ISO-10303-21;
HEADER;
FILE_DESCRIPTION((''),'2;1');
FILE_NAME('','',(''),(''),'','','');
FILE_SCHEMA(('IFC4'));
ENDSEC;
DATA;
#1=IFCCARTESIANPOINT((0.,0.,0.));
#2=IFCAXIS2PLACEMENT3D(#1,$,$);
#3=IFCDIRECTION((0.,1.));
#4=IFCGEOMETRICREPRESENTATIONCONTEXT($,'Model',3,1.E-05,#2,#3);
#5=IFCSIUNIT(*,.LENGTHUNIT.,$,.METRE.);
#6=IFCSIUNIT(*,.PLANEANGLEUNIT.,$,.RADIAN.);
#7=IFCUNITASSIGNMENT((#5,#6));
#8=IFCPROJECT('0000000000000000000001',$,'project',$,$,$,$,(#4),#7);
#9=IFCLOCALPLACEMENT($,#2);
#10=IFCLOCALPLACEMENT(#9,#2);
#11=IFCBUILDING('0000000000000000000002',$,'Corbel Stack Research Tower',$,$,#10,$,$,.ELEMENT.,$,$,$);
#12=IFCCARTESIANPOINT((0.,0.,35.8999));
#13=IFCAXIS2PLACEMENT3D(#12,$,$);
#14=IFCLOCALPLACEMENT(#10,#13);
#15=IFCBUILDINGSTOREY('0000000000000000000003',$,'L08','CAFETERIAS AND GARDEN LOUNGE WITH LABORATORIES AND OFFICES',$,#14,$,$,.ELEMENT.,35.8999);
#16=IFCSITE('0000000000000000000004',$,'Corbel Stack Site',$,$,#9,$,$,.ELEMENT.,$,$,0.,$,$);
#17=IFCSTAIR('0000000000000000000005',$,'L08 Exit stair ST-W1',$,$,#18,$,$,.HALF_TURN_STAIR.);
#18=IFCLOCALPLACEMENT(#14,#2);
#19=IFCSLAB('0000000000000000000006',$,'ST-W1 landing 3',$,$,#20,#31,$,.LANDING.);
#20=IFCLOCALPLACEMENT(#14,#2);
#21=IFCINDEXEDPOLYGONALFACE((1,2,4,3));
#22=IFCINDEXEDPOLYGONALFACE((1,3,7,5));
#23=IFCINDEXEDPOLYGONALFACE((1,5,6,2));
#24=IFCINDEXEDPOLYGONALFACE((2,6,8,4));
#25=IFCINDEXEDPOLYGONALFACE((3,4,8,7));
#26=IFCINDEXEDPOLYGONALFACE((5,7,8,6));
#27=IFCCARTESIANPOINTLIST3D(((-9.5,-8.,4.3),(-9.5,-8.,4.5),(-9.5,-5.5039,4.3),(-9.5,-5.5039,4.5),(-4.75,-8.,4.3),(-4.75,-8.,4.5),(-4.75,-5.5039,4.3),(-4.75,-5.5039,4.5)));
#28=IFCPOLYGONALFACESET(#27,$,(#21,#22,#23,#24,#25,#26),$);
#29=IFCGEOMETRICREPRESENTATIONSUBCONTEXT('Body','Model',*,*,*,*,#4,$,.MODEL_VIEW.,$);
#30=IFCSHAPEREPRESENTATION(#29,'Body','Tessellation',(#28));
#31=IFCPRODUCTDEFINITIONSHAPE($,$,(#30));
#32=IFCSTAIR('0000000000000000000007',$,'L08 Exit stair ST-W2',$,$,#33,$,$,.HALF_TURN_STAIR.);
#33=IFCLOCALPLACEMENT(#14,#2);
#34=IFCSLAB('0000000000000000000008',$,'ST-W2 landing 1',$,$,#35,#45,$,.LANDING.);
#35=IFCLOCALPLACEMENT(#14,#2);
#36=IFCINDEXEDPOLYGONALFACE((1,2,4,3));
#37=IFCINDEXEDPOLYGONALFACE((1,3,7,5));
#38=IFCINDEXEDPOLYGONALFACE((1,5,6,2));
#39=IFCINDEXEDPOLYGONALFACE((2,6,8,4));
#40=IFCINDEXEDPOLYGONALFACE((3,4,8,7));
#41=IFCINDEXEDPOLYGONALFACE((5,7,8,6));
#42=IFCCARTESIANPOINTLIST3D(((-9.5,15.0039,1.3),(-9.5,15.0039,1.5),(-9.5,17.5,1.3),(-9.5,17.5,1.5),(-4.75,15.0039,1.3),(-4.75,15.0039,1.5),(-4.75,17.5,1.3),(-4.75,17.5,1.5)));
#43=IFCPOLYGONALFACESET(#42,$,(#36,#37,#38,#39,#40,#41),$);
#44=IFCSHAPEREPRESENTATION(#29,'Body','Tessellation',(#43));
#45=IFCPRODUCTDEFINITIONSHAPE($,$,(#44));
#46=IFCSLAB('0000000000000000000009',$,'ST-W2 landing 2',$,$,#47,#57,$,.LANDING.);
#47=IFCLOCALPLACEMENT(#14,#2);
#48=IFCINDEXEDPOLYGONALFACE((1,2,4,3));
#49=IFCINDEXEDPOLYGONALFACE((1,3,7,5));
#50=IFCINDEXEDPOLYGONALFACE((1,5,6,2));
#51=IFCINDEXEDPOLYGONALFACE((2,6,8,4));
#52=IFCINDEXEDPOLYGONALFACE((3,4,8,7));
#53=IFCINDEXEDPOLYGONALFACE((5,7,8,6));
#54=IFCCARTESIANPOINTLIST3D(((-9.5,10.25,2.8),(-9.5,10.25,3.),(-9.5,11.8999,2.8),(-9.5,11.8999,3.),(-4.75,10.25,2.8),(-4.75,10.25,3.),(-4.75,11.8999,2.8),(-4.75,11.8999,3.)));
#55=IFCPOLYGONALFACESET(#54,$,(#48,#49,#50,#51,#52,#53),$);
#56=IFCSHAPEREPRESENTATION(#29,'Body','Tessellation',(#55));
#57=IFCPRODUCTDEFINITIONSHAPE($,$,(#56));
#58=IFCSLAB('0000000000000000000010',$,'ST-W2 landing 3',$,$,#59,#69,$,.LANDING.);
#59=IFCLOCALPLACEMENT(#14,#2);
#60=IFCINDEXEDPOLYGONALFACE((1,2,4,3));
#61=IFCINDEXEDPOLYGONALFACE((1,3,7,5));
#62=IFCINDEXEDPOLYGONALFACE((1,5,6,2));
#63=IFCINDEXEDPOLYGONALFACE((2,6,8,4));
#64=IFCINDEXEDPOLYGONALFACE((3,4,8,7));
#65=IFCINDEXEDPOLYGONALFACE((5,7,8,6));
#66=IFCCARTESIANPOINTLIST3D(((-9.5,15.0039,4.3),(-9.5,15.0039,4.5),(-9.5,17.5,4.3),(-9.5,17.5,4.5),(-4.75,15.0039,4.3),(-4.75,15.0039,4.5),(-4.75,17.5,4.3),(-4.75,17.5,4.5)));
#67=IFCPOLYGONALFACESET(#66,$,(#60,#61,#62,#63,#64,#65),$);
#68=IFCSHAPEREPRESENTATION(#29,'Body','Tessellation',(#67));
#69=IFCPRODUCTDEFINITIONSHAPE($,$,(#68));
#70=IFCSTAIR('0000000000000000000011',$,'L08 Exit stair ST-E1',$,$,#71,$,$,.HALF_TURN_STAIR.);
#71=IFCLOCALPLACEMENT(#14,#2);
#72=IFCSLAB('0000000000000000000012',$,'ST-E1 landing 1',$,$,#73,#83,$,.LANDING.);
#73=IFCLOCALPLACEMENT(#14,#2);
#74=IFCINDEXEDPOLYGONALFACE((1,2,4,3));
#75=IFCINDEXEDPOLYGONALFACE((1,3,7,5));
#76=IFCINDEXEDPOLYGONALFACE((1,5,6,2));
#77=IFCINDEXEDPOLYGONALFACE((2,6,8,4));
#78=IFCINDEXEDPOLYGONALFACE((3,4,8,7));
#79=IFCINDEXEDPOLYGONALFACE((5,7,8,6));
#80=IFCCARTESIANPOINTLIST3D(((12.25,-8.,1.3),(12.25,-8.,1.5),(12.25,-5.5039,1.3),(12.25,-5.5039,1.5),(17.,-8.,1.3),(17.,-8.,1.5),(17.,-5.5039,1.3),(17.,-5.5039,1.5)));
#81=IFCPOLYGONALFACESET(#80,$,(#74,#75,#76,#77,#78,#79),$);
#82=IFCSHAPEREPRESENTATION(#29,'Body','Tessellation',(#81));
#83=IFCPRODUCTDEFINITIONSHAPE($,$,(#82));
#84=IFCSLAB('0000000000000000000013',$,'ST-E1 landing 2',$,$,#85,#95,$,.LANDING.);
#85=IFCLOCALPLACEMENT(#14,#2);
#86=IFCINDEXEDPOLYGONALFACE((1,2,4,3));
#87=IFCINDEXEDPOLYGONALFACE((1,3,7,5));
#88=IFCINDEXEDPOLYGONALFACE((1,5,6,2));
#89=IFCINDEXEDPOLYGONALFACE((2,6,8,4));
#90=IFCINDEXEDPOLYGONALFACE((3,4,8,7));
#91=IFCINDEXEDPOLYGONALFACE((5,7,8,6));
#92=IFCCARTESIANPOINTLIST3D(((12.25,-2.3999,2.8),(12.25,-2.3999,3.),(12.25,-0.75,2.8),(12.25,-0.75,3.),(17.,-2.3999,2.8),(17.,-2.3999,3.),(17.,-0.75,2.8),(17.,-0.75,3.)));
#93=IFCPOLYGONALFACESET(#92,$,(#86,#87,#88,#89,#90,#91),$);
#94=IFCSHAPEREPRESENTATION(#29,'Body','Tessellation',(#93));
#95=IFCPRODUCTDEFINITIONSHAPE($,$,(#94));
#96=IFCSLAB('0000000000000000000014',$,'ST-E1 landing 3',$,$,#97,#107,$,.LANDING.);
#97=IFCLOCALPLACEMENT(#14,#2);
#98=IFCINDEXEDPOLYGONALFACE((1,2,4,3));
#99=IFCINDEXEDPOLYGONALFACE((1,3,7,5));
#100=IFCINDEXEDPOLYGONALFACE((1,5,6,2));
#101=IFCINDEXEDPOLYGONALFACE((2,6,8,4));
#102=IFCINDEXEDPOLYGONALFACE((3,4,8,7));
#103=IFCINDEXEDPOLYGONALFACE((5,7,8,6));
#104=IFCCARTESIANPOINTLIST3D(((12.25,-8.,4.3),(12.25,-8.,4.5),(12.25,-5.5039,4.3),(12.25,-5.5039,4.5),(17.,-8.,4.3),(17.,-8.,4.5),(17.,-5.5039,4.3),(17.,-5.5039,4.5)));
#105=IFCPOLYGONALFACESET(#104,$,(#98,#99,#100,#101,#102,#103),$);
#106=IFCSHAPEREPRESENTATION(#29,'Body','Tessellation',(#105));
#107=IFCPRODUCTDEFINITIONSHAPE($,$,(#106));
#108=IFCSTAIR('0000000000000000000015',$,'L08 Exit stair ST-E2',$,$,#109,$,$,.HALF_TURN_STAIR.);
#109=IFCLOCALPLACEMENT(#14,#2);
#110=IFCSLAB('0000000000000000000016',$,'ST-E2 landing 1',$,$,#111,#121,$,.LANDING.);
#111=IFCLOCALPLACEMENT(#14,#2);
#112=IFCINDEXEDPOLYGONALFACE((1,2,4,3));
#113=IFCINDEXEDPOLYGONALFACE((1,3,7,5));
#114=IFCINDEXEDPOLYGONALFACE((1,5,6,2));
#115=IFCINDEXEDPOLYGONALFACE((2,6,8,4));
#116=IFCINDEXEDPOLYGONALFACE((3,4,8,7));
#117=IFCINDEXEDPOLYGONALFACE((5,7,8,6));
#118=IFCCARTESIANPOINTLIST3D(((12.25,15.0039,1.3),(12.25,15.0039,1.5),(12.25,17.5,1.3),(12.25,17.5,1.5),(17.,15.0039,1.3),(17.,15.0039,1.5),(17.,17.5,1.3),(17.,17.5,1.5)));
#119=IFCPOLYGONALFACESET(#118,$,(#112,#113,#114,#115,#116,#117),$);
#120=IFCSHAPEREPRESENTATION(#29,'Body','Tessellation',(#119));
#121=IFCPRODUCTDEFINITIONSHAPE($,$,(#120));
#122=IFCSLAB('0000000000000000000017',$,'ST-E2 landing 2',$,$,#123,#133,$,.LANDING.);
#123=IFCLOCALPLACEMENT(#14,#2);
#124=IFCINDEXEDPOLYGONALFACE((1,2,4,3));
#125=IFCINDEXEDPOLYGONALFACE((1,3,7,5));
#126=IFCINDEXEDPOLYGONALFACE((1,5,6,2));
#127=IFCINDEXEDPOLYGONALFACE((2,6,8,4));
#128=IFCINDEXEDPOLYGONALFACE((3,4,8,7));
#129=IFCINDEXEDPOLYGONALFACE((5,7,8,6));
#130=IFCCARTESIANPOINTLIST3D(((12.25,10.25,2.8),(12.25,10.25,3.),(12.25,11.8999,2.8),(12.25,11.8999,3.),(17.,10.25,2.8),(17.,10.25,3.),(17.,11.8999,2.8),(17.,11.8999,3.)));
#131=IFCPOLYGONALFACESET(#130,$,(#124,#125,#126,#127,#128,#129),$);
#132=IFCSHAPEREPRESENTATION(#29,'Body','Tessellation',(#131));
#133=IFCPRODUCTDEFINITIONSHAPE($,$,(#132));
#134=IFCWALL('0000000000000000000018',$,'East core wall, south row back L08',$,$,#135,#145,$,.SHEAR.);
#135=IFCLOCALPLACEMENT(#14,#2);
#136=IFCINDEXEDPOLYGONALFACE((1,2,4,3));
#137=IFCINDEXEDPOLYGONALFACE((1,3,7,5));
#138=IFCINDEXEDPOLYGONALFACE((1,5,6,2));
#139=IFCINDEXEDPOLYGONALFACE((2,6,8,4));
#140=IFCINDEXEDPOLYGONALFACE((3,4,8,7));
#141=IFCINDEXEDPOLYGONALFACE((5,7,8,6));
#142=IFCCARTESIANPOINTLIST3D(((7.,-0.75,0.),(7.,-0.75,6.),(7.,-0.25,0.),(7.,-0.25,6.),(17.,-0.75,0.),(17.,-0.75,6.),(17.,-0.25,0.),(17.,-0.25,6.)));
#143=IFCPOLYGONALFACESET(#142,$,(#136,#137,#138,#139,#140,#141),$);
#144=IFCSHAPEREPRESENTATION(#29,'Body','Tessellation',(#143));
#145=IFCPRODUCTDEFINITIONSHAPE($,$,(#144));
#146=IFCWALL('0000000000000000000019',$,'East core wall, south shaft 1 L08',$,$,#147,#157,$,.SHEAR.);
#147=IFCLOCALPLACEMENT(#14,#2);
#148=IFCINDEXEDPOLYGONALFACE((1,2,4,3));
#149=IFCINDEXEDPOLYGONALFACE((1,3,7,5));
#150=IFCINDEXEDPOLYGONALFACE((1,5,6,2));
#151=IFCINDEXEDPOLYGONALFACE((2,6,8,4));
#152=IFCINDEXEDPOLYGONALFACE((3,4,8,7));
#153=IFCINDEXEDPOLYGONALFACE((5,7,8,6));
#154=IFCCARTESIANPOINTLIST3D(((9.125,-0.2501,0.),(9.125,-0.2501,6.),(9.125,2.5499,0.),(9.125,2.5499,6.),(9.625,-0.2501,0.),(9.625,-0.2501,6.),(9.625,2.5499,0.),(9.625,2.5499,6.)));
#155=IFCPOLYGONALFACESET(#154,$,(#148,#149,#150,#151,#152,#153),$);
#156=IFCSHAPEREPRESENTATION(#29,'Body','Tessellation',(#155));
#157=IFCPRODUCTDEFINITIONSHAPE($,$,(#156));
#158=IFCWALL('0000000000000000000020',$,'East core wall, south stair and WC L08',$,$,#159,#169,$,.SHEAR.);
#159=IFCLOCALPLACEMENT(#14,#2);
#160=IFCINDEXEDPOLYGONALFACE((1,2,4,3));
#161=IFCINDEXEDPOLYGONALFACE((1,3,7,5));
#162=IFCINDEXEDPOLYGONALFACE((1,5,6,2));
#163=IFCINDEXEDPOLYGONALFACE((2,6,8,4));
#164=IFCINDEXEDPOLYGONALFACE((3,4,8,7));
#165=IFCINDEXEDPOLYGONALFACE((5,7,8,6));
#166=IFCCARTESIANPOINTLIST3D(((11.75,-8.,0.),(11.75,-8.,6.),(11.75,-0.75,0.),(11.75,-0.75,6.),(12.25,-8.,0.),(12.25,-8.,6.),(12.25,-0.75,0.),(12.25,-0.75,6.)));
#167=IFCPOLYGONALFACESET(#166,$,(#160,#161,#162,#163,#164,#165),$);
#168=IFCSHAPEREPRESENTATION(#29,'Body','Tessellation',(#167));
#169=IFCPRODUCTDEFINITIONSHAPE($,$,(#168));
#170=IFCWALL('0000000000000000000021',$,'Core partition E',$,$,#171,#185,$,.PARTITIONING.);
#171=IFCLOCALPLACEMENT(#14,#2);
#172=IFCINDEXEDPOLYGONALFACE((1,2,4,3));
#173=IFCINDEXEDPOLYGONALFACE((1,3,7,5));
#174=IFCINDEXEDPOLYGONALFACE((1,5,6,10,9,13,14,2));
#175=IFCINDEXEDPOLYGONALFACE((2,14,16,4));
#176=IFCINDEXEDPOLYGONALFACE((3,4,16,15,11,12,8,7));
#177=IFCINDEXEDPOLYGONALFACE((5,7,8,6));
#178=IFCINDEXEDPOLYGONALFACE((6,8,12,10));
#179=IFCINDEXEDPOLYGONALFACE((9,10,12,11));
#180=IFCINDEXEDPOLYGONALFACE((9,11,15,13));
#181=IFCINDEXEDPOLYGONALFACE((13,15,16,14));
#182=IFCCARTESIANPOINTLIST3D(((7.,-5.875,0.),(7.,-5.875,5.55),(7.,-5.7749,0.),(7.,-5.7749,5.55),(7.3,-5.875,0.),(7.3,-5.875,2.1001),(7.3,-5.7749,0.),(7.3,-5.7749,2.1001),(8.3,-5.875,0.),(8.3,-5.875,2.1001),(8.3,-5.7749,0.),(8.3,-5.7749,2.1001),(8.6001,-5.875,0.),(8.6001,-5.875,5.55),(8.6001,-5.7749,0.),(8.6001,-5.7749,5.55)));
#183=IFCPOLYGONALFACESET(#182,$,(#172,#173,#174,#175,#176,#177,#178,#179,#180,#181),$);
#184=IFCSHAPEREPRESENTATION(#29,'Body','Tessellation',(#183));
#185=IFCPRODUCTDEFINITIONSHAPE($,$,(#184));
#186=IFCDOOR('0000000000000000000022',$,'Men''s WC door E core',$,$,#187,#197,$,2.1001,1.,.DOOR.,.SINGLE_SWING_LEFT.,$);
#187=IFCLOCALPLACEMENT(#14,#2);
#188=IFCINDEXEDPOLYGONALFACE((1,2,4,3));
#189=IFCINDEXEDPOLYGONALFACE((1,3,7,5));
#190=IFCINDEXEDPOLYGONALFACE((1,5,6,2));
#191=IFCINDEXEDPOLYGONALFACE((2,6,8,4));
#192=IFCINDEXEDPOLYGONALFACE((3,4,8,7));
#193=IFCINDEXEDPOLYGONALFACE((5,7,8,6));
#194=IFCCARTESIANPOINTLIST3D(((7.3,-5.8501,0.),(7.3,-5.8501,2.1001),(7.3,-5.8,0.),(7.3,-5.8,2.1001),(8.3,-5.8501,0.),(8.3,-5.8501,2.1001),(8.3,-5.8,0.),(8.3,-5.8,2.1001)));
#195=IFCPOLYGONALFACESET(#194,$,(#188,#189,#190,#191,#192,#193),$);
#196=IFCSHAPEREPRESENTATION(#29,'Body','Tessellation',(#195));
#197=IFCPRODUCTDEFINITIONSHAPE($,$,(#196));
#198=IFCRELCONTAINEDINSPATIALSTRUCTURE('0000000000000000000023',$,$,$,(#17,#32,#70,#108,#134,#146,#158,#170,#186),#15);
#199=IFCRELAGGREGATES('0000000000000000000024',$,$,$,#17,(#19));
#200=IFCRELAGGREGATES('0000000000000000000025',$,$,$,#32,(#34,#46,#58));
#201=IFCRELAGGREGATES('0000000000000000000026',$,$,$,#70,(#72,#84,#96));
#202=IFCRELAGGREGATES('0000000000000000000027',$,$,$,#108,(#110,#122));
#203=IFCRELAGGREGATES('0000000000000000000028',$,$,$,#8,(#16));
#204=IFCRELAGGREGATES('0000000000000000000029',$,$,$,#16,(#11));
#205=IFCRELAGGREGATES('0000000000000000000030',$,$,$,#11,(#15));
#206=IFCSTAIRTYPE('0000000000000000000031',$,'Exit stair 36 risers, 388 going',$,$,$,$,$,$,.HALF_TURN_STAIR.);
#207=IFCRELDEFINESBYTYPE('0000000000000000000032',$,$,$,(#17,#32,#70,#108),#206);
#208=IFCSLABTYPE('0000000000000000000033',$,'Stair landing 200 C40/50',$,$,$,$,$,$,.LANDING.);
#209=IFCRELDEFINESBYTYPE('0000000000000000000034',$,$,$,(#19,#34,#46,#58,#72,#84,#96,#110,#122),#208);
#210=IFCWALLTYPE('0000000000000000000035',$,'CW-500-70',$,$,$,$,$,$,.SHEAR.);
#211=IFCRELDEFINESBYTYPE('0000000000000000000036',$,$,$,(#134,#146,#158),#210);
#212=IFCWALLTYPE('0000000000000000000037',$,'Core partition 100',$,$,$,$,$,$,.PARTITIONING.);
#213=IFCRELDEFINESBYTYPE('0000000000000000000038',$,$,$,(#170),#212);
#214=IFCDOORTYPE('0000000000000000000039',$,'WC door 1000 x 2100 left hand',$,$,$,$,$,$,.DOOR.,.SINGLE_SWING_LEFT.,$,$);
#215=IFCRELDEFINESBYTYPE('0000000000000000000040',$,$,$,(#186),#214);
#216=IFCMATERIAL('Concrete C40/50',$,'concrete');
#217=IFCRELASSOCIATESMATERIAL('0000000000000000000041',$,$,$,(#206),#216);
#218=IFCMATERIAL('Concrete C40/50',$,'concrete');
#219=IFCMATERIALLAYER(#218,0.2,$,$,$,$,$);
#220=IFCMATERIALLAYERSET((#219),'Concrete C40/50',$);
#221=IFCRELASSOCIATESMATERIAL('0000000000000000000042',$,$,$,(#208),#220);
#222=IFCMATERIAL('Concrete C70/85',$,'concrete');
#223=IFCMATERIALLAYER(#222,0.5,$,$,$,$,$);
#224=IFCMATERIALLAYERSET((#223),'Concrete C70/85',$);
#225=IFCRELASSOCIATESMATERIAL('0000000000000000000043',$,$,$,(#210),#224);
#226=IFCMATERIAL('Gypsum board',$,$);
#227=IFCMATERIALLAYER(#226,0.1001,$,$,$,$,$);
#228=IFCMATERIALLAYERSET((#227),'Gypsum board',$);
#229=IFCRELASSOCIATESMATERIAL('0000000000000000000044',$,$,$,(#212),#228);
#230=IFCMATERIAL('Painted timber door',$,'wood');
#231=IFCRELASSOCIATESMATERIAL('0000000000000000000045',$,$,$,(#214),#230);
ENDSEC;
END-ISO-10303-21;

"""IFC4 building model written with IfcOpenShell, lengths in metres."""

from ifc_helpers import new_model, si_unit, direction, frame, frame_2d, origin, place, context, subcontext, project, spatial, polyline, rectangle, outline, extrude, material, layer, layer_set, type_object, element, fill, aggregate, save


model = new_model("IFC4")

# Units and contexts
model_context = context("Model", 3, precision=1e-05, world=origin(), true_north=direction((0.0, 1.0)))
body_context = subcontext(model_context, "Body", "Model", "MODEL_VIEW")
ifc_project = project(units=[si_unit("LENGTHUNIT", "METRE"), si_unit("PLANEANGLEUNIT", "RADIAN")], contexts=[model_context])

# Site, building, storey
site_placement = place(None, origin())
site = spatial("IfcSite", under=ifc_project, at=site_placement, Name="Corbel Stack Site", CompositionType="ELEMENT", RefElevation=0.0)
building_placement = place(site_placement, origin())
building = spatial("IfcBuilding", under=site, at=building_placement, Name="Corbel Stack Research Tower", CompositionType="ELEMENT")
storey_placement = place(building_placement, frame((0.0, 0.0, 35.8999)))
storey = spatial("IfcBuildingStorey", under=building, at=storey_placement, Name="L08", Description="CAFETERIAS AND GARDEN LOUNGE WITH LABORATORIES AND OFFICES", CompositionType="ELEMENT", Elevation=35.8999)

# Stair, slab
ifc_material_1 = material(Name="Concrete C40/50", Category="concrete")
stair_type = type_object("IfcStairType", Name="Exit stair 36 risers, 388 going", PredefinedType="HALF_TURN_STAIR", material=ifc_material_1)
stair_1_placement = place(storey_placement, origin())
stair_1 = element("IfcStair", 1, at=stair_1_placement, inside=storey, type_object=stair_type, Name="L08 Exit stair ST-W1", PredefinedType="HALF_TURN_STAIR")
ifc_material_2 = material(Name="Concrete C40/50", Category="concrete")
ifc_layer_1 = layer(ifc_material_2, 0.2)
ifc_layer_set_1 = layer_set([ifc_layer_1], Name="Concrete C40/50")
slab_type = type_object("IfcSlabType", Name="Stair landing 200 C40/50", PredefinedType="LANDING", material=ifc_layer_set_1)
slab_1_placement = place(storey_placement, frame((0.0, 0.0, 4.3)))
slab_1 = element("IfcSlab", 2, at=slab_1_placement, type_object=slab_type, Name="ST-W1 landing 3", PredefinedType="LANDING", context=body_context, shape_type="SweptSolid", body=[
    extrude(outline(polyline([(-9.5, -8.0), (-9.5, -5.5039), (-4.75, -5.5039), (-4.75, -8.0), (-9.5, -8.0)])), origin(), (0.0, 0.0, 1.0), 0.2),
])
aggregate(stair_1, [slab_1])

# Stairs, slabs
stair_2_placement = place(storey_placement, origin())
stair_2 = element("IfcStair", 3, at=stair_2_placement, inside=storey, type_object=stair_type, Name="L08 Exit stair ST-W2", PredefinedType="HALF_TURN_STAIR")
slab_2_placement = place(storey_placement, frame((0.0, 0.0, 1.3)))
slab_2 = element("IfcSlab", 4, at=slab_2_placement, type_object=slab_type, Name="ST-W2 landing 1", PredefinedType="LANDING", context=body_context, shape_type="SweptSolid", body=[
    extrude(outline(polyline([(-9.5, 15.0039), (-9.5, 17.5), (-4.75, 17.5), (-4.75, 15.0039), (-9.5, 15.0039)])), origin(), (0.0, 0.0, 1.0), 0.2),
])
slab_3_placement = place(storey_placement, frame((0.0, 0.0, 2.8)))
slab_3 = element("IfcSlab", 5, at=slab_3_placement, type_object=slab_type, Name="ST-W2 landing 2", PredefinedType="LANDING", context=body_context, shape_type="SweptSolid", body=[
    extrude(outline(polyline([(-9.5, 10.25), (-9.5, 11.8999), (-4.75, 11.8999), (-4.75, 10.25), (-9.5, 10.25)])), origin(), (0.0, 0.0, 1.0), 0.2),
])
slab_4_placement = place(storey_placement, frame((0.0, 0.0, 4.3)))
slab_4 = element("IfcSlab", 6, at=slab_4_placement, type_object=slab_type, Name="ST-W2 landing 3", PredefinedType="LANDING", context=body_context, shape_type="SweptSolid", body=[
    extrude(outline(polyline([(-9.5, 15.0039), (-9.5, 17.5), (-4.75, 17.5), (-4.75, 15.0039), (-9.5, 15.0039)])), origin(), (0.0, 0.0, 1.0), 0.2),
])
aggregate(stair_2, [slab_2, slab_3, slab_4])
stair_3_placement = place(storey_placement, origin())
stair_3 = element("IfcStair", 7, at=stair_3_placement, inside=storey, type_object=stair_type, Name="L08 Exit stair ST-E1", PredefinedType="HALF_TURN_STAIR")
slab_5_placement = place(storey_placement, frame((0.0, 0.0, 1.3)))
slab_5 = element("IfcSlab", 8, at=slab_5_placement, type_object=slab_type, Name="ST-E1 landing 1", PredefinedType="LANDING", context=body_context, shape_type="SweptSolid", body=[
    extrude(outline(polyline([(12.25, -8.0), (12.25, -5.5039), (17.0, -5.5039), (17.0, -8.0), (12.25, -8.0)])), origin(), (0.0, 0.0, 1.0), 0.2),
])
slab_6_placement = place(storey_placement, frame((0.0, 0.0, 2.8)))
slab_6 = element("IfcSlab", 9, at=slab_6_placement, type_object=slab_type, Name="ST-E1 landing 2", PredefinedType="LANDING", context=body_context, shape_type="SweptSolid", body=[
    extrude(outline(polyline([(12.25, -2.3999), (12.25, -0.75), (17.0, -0.75), (17.0, -2.3999), (12.25, -2.3999)])), origin(), (0.0, 0.0, 1.0), 0.2),
])
slab_7_placement = place(storey_placement, frame((0.0, 0.0, 4.3)))
slab_7 = element("IfcSlab", 10, at=slab_7_placement, type_object=slab_type, Name="ST-E1 landing 3", PredefinedType="LANDING", context=body_context, shape_type="SweptSolid", body=[
    extrude(outline(polyline([(12.25, -8.0), (12.25, -5.5039), (17.0, -5.5039), (17.0, -8.0), (12.25, -8.0)])), origin(), (0.0, 0.0, 1.0), 0.2),
])
aggregate(stair_3, [slab_5, slab_6, slab_7])
stair_4_placement = place(storey_placement, origin())
stair_4 = element("IfcStair", 11, at=stair_4_placement, inside=storey, type_object=stair_type, Name="L08 Exit stair ST-E2", PredefinedType="HALF_TURN_STAIR")
slab_8_placement = place(storey_placement, frame((0.0, 0.0, 1.3)))
slab_8 = element("IfcSlab", 12, at=slab_8_placement, type_object=slab_type, Name="ST-E2 landing 1", PredefinedType="LANDING", context=body_context, shape_type="SweptSolid", body=[
    extrude(outline(polyline([(12.25, 15.0039), (12.25, 17.5), (17.0, 17.5), (17.0, 15.0039), (12.25, 15.0039)])), origin(), (0.0, 0.0, 1.0), 0.2),
])
slab_9_placement = place(storey_placement, frame((0.0, 0.0, 2.8)))
slab_9 = element("IfcSlab", 13, at=slab_9_placement, type_object=slab_type, Name="ST-E2 landing 2", PredefinedType="LANDING", context=body_context, shape_type="SweptSolid", body=[
    extrude(outline(polyline([(12.25, 10.25), (12.25, 11.8999), (17.0, 11.8999), (17.0, 10.25), (12.25, 10.25)])), origin(), (0.0, 0.0, 1.0), 0.2),
])
aggregate(stair_4, [slab_8, slab_9])

# Walls
ifc_material_3 = material(Name="Concrete C70/85", Category="concrete")
ifc_layer_2 = layer(ifc_material_3, 0.5)
ifc_layer_set_2 = layer_set([ifc_layer_2], Name="Concrete C70/85")
wall_type_1 = type_object("IfcWallType", Name="CW-500-70", PredefinedType="SHEAR", material=ifc_layer_set_2)
wall_1_placement = place(storey_placement, frame((7.0, -0.5, 0.0), z_axis=(0.0, 0.0, 1.0), x_axis=(1.0, 0.0, 0.0)))
element("IfcWall", 14, at=wall_1_placement, inside=storey, type_object=wall_type_1, Name="East core wall, south row back L08", PredefinedType="SHEAR", context=body_context, shape_type="SweptSolid", body=[
    extrude(rectangle(XDim=10.0, YDim=0.5, at=frame_2d((5.0, 0.0))), origin(), (0.0, 0.0, 1.0), 6.0),
])
wall_2_placement = place(storey_placement, frame((9.375, -0.25, 0.0), z_axis=(0.0, 0.0, 1.0), x_axis=(0.0, 1.0, 0.0)))
element("IfcWall", 15, at=wall_2_placement, inside=storey, type_object=wall_type_1, Name="East core wall, south shaft 1 L08", PredefinedType="SHEAR", context=body_context, shape_type="SweptSolid", body=[
    extrude(rectangle(XDim=2.8, YDim=0.5, at=frame_2d((1.3999, 0.0))), origin(), (0.0, 0.0, 1.0), 6.0),
])
wall_3_placement = place(storey_placement, frame((12.0, -8.0, 0.0), z_axis=(0.0, 0.0, 1.0), x_axis=(0.0, 1.0, 0.0)))
element("IfcWall", 16, at=wall_3_placement, inside=storey, type_object=wall_type_1, Name="East core wall, south stair and WC L08", PredefinedType="SHEAR", context=body_context, shape_type="SweptSolid", body=[
    extrude(rectangle(XDim=7.25, YDim=0.5, at=frame_2d((3.625, 0.0))), origin(), (0.0, 0.0, 1.0), 6.0),
])

# Wall, opening, door
ifc_material_4 = material(Name="Gypsum board")
ifc_layer_3 = layer(ifc_material_4, 0.1001)
ifc_layer_set_3 = layer_set([ifc_layer_3], Name="Gypsum board")
wall_type_2 = type_object("IfcWallType", Name="Core partition 100", PredefinedType="PARTITIONING", material=ifc_layer_set_3)
wall_4_placement = place(storey_placement, frame((7.0, -5.825, 0.0), z_axis=(0.0, 0.0, 1.0), x_axis=(1.0, 0.0, 0.0)))
wall_4 = element("IfcWall", 17, at=wall_4_placement, inside=storey, type_object=wall_type_2, Name="Core partition E", PredefinedType="PARTITIONING", context=body_context, shape_type="SweptSolid", body=[
    extrude(rectangle(XDim=1.6001, YDim=0.1001, at=frame_2d((0.8, 0.0))), origin(), (0.0, 0.0, 1.0), 5.55),
])
opening_1_placement = place(wall_4_placement, frame((0.3, 0.0, 0.0)))
opening_1 = element("IfcOpeningElement", 18, at=opening_1_placement, cuts=wall_4, PredefinedType="OPENING", context=body_context, shape_type="SweptSolid", body=[
    extrude(rectangle(XDim=1.0, YDim=2.1001, at=frame_2d((0.5, 1.05))), frame((0.0, 0.0601, 0.0), z_axis=(0.0, -1.0, 0.0), x_axis=(1.0, 0.0, 0.0)), (0.0, 0.0, 1.0), 0.1201),
])
ifc_material_5 = material(Name="Painted timber door", Category="wood")
door_type_1 = type_object("IfcDoorType", Name="WC door 1000 x 2100 left hand", OperationType="SINGLE_SWING_LEFT", PredefinedType="DOOR", material=ifc_material_5)
door_1_placement = place(opening_1_placement, origin())
door_1 = element("IfcDoor", 19, at=door_1_placement, inside=storey, type_object=door_type_1, Name="Men's WC door E core", OperationType="SINGLE_SWING_LEFT", OverallHeight=2.1001, OverallWidth=1.0, PredefinedType="DOOR", context=body_context, shape_type="SweptSolid", body=[
    extrude(rectangle(XDim=1.0, YDim=2.1001, at=frame_2d((0.5, 1.05))), frame((0.0, 0.0249, 0.0), z_axis=(0.0, -1.0, 0.0), x_axis=(1.0, 0.0, 0.0)), (0.0, 0.0, 1.0), 0.05),
])
fill(opening_1, door_1)

save(model, "model.ifc")
